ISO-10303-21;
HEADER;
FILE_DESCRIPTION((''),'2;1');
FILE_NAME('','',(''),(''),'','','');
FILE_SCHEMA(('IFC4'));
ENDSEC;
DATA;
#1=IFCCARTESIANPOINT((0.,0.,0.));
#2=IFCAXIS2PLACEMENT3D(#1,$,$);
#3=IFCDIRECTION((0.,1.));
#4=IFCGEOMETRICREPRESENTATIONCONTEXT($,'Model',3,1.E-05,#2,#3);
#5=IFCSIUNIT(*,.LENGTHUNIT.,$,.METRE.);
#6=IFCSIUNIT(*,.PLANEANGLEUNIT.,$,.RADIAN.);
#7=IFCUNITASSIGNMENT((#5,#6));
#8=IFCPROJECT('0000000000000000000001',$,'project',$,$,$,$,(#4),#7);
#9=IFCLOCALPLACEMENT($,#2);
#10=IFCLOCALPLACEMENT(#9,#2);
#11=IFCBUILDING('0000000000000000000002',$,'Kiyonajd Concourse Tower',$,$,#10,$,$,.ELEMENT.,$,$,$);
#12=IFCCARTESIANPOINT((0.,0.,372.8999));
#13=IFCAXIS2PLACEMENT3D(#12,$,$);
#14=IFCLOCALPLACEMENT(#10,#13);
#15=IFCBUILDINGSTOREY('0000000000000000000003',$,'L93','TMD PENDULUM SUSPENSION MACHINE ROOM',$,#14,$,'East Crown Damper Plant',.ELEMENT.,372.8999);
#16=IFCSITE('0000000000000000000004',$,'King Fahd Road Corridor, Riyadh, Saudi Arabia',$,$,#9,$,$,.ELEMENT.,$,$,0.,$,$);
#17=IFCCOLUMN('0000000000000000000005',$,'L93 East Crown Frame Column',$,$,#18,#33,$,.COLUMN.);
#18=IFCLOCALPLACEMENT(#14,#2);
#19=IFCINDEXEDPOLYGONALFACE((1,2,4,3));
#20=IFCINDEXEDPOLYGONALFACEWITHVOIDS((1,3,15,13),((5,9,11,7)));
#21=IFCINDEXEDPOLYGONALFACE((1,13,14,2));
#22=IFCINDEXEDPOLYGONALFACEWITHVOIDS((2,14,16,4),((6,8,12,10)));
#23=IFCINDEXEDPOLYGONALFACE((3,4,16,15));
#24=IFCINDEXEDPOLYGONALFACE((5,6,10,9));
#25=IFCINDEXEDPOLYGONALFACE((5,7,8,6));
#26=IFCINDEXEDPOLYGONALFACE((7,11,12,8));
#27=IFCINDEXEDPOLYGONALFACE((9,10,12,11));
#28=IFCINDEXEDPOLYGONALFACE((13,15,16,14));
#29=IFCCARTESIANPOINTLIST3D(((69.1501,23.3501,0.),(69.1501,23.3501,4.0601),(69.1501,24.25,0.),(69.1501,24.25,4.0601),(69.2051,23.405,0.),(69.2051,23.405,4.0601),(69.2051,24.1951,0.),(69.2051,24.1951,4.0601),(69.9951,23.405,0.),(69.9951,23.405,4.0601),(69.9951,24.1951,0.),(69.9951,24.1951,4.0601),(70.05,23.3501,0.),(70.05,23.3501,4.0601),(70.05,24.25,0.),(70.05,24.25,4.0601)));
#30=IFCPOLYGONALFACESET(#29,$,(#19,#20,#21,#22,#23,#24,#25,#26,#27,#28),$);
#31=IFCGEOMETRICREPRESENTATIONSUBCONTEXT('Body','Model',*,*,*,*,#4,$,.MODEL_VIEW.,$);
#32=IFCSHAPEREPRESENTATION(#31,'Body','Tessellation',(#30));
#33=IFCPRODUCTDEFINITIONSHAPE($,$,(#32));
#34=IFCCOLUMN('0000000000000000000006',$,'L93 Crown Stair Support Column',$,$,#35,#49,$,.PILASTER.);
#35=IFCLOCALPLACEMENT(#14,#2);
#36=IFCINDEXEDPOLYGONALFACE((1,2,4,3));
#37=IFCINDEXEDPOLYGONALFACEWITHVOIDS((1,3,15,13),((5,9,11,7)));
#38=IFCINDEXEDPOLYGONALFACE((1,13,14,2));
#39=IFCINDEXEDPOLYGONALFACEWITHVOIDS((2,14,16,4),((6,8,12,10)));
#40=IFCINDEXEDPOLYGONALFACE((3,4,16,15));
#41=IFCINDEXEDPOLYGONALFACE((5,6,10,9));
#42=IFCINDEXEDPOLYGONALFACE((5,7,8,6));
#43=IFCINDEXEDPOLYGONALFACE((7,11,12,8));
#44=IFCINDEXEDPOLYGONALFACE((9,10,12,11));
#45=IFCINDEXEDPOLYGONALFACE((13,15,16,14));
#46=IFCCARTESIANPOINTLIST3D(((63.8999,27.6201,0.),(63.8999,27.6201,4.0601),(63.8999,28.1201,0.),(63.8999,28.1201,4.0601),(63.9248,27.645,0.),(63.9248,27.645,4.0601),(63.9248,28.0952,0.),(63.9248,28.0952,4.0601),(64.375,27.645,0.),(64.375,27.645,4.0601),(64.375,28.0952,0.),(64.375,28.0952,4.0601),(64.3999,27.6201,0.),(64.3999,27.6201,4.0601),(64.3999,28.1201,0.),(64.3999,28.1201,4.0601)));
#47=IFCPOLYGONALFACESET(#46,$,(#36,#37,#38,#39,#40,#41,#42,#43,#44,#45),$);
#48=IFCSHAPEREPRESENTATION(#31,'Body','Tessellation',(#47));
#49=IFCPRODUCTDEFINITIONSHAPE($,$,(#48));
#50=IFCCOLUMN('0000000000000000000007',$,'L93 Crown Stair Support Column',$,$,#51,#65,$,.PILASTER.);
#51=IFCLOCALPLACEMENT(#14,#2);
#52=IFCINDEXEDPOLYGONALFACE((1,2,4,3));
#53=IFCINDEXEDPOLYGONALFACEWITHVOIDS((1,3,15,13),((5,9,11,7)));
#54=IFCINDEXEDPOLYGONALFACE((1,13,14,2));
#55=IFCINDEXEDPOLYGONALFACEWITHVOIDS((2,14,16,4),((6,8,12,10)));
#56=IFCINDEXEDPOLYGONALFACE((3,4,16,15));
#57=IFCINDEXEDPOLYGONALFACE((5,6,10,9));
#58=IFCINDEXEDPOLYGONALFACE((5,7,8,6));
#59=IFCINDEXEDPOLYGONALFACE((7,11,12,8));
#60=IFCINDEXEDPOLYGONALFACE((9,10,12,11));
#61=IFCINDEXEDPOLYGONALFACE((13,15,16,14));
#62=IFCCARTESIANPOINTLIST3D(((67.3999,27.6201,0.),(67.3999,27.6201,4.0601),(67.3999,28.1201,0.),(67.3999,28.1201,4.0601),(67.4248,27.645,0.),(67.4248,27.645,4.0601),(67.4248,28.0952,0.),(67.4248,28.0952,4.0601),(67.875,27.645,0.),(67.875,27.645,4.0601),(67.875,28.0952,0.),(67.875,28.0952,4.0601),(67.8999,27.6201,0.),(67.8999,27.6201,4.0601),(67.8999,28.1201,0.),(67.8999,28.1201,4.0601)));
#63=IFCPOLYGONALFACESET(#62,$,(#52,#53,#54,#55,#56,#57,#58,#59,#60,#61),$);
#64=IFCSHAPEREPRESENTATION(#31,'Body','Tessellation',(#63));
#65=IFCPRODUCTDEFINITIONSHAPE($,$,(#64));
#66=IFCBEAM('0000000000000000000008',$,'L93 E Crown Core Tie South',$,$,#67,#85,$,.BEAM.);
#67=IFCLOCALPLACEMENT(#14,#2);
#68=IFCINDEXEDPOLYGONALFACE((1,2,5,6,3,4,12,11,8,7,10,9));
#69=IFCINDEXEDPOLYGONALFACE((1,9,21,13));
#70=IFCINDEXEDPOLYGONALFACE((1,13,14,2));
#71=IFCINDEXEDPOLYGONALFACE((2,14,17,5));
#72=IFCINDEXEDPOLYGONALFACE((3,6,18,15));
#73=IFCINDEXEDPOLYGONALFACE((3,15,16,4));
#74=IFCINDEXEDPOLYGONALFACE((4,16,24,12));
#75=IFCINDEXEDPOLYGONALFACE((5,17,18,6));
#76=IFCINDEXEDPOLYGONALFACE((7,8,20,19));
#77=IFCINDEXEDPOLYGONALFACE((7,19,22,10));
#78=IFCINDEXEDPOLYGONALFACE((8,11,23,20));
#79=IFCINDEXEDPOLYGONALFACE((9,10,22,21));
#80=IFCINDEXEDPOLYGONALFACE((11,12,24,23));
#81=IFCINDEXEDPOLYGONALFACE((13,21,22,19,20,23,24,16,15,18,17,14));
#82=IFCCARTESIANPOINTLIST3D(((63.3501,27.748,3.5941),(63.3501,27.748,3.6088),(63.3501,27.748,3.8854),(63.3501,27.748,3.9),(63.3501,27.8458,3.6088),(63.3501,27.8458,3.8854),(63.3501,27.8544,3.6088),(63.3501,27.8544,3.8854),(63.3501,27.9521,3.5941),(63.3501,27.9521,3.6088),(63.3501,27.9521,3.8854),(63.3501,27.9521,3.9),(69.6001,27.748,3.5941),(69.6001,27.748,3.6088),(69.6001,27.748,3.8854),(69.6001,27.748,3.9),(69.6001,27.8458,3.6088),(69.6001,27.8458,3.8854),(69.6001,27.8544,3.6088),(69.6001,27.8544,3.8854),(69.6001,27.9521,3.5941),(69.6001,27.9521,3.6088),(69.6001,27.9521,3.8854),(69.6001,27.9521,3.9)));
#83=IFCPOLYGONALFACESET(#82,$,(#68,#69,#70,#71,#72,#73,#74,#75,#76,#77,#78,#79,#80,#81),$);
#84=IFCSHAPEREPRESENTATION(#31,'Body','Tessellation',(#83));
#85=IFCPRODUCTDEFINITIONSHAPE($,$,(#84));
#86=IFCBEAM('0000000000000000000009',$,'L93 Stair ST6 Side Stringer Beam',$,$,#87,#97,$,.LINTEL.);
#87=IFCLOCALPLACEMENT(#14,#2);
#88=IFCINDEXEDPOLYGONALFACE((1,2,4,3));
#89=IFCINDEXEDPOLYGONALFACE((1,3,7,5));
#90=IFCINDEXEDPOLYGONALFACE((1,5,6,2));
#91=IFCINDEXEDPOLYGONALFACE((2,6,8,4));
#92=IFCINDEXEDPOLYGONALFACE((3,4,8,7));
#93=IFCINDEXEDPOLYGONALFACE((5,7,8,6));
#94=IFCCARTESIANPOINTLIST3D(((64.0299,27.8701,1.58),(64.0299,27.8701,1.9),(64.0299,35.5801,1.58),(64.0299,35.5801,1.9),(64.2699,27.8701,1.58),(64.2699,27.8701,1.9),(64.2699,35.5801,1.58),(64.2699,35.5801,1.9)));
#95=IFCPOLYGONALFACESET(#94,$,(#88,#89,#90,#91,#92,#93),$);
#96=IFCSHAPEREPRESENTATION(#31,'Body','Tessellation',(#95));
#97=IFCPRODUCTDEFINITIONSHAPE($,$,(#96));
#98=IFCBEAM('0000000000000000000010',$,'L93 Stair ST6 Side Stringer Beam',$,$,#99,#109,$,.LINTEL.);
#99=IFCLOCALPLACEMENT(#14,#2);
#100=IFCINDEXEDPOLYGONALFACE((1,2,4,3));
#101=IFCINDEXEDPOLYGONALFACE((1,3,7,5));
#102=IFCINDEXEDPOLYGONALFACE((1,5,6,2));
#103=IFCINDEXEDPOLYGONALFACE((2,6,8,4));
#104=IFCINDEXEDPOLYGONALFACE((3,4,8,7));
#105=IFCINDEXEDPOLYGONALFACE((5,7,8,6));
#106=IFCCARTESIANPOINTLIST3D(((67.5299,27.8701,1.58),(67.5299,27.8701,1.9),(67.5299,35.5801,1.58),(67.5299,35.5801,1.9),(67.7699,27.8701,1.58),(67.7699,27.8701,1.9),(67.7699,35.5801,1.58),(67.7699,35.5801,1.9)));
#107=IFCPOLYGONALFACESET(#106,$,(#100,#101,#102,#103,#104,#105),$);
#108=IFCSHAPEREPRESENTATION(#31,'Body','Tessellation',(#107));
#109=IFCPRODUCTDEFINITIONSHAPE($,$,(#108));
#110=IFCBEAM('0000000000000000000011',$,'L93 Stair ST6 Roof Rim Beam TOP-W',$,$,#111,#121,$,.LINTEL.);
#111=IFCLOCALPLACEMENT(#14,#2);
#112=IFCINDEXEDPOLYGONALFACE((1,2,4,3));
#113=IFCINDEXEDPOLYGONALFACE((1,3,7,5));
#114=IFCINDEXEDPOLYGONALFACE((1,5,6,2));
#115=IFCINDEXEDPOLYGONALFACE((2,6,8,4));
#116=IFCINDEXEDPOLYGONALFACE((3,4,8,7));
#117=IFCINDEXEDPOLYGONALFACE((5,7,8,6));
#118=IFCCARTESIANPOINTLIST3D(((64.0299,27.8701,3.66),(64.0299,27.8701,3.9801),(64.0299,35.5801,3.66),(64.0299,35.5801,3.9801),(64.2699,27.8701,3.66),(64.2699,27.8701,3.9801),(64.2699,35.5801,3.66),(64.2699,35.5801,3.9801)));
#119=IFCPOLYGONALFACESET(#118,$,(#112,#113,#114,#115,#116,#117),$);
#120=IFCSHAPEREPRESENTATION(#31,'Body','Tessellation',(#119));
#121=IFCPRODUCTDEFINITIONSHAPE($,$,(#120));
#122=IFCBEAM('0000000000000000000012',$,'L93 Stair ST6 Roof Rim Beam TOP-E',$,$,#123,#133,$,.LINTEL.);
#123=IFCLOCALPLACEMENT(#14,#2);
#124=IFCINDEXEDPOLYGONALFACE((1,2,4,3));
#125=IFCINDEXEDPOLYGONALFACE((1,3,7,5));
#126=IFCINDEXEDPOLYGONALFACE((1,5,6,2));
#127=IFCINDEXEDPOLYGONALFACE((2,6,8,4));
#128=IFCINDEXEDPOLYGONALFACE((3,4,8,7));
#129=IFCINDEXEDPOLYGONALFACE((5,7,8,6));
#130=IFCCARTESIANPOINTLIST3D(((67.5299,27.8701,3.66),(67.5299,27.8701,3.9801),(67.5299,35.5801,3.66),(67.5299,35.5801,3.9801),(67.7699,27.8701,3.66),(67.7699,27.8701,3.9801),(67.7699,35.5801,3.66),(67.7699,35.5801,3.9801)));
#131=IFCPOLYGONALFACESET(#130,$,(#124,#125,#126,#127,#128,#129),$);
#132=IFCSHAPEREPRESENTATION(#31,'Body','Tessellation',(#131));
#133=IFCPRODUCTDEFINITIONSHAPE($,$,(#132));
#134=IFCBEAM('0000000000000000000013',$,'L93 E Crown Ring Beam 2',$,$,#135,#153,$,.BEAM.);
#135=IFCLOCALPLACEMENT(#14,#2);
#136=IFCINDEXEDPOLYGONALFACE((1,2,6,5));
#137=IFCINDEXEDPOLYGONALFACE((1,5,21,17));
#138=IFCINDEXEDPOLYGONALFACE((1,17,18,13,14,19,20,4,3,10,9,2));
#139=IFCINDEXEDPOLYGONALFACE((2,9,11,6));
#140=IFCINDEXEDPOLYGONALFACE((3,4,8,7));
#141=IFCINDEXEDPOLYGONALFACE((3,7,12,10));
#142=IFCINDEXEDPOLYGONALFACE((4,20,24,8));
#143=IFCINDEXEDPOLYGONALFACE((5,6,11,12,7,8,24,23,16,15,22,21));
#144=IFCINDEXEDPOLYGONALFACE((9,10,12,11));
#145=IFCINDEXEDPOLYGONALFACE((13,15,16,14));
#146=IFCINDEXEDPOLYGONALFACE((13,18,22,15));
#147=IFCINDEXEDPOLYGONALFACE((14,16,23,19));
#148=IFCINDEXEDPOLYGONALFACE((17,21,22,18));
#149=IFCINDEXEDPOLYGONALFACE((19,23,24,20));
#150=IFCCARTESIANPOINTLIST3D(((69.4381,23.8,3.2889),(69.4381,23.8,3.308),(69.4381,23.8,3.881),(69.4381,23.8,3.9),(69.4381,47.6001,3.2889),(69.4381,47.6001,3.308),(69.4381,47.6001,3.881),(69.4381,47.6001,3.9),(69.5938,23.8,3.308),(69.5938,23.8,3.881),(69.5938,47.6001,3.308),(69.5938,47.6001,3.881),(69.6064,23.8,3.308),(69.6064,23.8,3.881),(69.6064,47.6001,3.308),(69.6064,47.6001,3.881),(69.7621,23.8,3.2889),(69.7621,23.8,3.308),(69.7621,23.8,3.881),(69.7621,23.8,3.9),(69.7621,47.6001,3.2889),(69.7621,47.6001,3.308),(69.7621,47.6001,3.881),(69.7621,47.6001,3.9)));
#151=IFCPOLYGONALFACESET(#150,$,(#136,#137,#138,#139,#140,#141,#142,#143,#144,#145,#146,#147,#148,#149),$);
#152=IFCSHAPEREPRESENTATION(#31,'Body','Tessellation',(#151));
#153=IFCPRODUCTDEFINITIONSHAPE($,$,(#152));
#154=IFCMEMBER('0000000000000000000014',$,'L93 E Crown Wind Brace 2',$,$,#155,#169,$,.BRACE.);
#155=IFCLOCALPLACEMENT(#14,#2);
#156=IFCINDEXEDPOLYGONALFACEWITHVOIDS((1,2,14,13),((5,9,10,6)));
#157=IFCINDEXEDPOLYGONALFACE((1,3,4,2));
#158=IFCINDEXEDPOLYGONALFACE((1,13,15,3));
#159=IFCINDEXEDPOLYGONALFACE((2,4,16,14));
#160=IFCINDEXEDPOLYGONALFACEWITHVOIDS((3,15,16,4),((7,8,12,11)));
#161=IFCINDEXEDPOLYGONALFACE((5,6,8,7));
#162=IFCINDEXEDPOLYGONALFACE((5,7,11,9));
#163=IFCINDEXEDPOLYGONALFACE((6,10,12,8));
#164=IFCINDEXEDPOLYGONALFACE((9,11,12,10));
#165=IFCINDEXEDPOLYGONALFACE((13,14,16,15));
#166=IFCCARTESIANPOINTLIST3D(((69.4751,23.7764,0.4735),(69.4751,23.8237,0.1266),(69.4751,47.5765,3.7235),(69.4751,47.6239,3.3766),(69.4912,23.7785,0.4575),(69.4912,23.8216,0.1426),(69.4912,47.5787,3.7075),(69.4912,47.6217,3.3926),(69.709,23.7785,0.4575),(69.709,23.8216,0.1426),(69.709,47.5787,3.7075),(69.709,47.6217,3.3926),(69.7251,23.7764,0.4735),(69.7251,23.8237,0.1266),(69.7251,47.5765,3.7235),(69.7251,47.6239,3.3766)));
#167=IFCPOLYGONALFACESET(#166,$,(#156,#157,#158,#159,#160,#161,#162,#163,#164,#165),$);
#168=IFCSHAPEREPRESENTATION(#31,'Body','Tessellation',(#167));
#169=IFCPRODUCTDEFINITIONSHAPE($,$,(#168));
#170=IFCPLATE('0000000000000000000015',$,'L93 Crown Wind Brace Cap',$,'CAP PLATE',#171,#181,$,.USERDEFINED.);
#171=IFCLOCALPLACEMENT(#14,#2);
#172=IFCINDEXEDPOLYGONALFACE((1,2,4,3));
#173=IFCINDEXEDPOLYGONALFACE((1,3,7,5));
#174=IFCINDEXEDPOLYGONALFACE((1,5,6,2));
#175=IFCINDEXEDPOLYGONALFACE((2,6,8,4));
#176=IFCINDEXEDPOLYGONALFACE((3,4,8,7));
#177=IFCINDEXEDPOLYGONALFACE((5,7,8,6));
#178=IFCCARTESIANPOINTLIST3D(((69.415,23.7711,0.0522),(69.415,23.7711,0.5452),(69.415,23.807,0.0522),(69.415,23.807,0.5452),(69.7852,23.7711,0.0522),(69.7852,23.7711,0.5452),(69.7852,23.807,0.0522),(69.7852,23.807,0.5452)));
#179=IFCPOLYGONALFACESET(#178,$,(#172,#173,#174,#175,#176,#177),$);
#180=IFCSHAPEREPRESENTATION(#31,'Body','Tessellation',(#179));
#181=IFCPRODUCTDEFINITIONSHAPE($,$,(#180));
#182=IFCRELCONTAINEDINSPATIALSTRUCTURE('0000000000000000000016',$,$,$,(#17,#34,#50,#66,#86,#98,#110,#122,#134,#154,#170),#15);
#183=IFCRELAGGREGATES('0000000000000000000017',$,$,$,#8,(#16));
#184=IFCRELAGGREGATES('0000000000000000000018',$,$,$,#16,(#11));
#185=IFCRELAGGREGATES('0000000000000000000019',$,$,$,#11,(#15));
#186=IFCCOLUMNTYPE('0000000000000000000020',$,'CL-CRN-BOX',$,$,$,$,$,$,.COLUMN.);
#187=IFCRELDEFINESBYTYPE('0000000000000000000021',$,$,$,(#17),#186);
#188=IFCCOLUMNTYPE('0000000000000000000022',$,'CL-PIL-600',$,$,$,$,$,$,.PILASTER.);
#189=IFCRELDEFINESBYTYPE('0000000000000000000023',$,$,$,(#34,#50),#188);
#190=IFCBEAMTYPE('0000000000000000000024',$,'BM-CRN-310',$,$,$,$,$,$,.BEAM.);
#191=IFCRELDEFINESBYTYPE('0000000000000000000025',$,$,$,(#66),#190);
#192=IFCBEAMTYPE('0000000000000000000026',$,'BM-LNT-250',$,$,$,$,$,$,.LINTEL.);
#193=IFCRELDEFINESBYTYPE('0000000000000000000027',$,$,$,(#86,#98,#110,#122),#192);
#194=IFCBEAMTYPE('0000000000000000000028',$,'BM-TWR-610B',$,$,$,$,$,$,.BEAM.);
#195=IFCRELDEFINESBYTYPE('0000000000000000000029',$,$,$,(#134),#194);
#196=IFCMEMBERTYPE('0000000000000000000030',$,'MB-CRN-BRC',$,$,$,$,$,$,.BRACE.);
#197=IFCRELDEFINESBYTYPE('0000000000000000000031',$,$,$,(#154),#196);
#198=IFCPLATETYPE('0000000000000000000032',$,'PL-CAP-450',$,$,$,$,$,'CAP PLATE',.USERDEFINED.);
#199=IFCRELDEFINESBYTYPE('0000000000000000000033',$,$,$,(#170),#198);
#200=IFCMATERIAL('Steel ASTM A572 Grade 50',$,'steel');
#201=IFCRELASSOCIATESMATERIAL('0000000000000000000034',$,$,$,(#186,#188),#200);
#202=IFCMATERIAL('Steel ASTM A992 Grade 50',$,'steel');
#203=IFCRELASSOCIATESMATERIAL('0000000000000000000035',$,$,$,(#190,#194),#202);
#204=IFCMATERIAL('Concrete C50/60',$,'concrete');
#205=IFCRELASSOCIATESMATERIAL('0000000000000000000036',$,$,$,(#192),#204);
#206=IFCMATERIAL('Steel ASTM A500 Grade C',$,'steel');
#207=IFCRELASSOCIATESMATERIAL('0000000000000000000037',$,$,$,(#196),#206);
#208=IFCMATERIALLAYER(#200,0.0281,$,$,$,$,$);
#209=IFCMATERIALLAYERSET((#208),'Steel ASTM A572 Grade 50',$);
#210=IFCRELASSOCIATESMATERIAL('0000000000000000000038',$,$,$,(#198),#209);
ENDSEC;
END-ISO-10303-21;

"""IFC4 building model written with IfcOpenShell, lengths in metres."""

from ifc_helpers import new_model, si_unit, direction, frame, origin, origin_2d, place, context, subcontext, project, spatial, rectangle, hollow_rectangle, i_section, extrude, material, layer, layer_set, material_profile, profile_set, type_object, element, save


model = new_model("IFC4")

# Units and contexts
model_context = context("Model", 3, precision=1e-05, world=origin(), true_north=direction((0.0, 1.0)))
body_context = subcontext(model_context, "Body", "Model", "MODEL_VIEW")
ifc_project = project(units=[si_unit("LENGTHUNIT", "METRE"), si_unit("PLANEANGLEUNIT", "RADIAN")], contexts=[model_context])

# Site, building, storey
site_placement = place(None, origin())
site = spatial("IfcSite", under=ifc_project, at=site_placement, Name="King Fahd Road Corridor, Riyadh, Saudi Arabia", CompositionType="ELEMENT", RefElevation=0.0)
building_placement = place(site_placement, origin())
building = spatial("IfcBuilding", under=site, at=building_placement, Name="Kiyonajd Concourse Tower", CompositionType="ELEMENT")
storey_placement = place(building_placement, frame((0.0, 0.0, 372.8999)))
storey = spatial("IfcBuildingStorey", under=building, at=storey_placement, Name="L93", Description="TMD PENDULUM SUSPENSION MACHINE ROOM", LongName="East Crown Damper Plant", CompositionType="ELEMENT", Elevation=372.8999)

# Columns
ifc_material_1 = material(Name="Steel ASTM A572 Grade 50", Category="steel")
ifc_material_profile_1 = material_profile(ifc_material_1, hollow_rectangle(XDim=0.8999, YDim=0.8999, WallThickness=0.0549, at=origin_2d()), Name="BOX-900x900x55")
ifc_profile_set_1 = profile_set([ifc_material_profile_1], Name="Steel ASTM A572 Grade 50")
column_type_1 = type_object("IfcColumnType", Name="CL-CRN-BOX", PredefinedType="COLUMN", material=ifc_profile_set_1)
column_placement = place(storey_placement, frame((69.6001, 23.8, 0.0), z_axis=(0.0, 0.0, 1.0), x_axis=(1.0, 0.0, 0.0)))
element("IfcColumn", 1, at=column_placement, inside=storey, type_object=column_type_1, Name="L93 East Crown Frame Column", PredefinedType="COLUMN", context=body_context, shape_type="SweptSolid", body=[
    extrude(hollow_rectangle(XDim=0.8999, YDim=0.8999, WallThickness=0.0549, at=origin_2d()), origin(), (0.0, 0.0, 1.0), 4.0601),
])
ifc_material_profile_2 = material_profile(ifc_material_1, hollow_rectangle(XDim=0.5, YDim=0.5, WallThickness=0.0249, at=origin_2d()), Name="HSS-500x500x25")
ifc_profile_set_2 = profile_set([ifc_material_profile_2], Name="Steel ASTM A572 Grade 50")
column_type_2 = type_object("IfcColumnType", Name="CL-PIL-600", PredefinedType="PILASTER", material=ifc_profile_set_2)
for number, where, z_axis, x_axis, name in (
    (2, (64.1499, 27.8701, 0.0), (0.0, 0.0, 1.0), (1.0, 0.0, 0.0), "L93 Crown Stair Support Column"),
    (3, (67.6499, 27.8701, 0.0), (0.0, 0.0, 1.0), (1.0, 0.0, 0.0), "L93 Crown Stair Support Column"),
):
    element("IfcColumn", number, at=place(storey_placement, frame(where, z_axis=z_axis, x_axis=x_axis)), inside=storey, type_object=column_type_2, Name=name, PredefinedType="PILASTER", context=body_context, shape_type="SweptSolid", body=[
        extrude(hollow_rectangle(XDim=0.5, YDim=0.5, WallThickness=0.0249, at=origin_2d()), origin(), (0.0, 0.0, 1.0), 4.0601),
    ])

# Beams
ifc_material_2 = material(Name="Steel ASTM A992 Grade 50", Category="steel")
ifc_material_profile_3 = material_profile(ifc_material_2, i_section(OverallWidth=0.2041, OverallDepth=0.3059, WebThickness=0.0085, FlangeThickness=0.0146, at=origin_2d()), Name="W310X67")
ifc_profile_set_3 = profile_set([ifc_material_profile_3], Name="Steel ASTM A992 Grade 50")
beam_type_1 = type_object("IfcBeamType", Name="BM-CRN-310", PredefinedType="BEAM", material=ifc_profile_set_3)
beam_1_placement = place(storey_placement, frame((63.3501, 27.8501, 3.7471), z_axis=(1.0, 0.0, 0.0), x_axis=(0.0, 1.0, 0.0)))
element("IfcBeam", 4, at=beam_1_placement, inside=storey, type_object=beam_type_1, Name="L93 E Crown Core Tie South", PredefinedType="BEAM", context=body_context, shape_type="SweptSolid", body=[
    extrude(i_section(OverallWidth=0.2041, OverallDepth=0.3059, WebThickness=0.0085, FlangeThickness=0.0146, at=origin_2d()), origin(), (0.0, 0.0, 1.0), 6.25),
])
ifc_material_3 = material(Name="Concrete C50/60", Category="concrete")
ifc_material_profile_4 = material_profile(ifc_material_3, rectangle(XDim=0.24, YDim=0.3201, at=origin_2d()), Name="RCBM-240x320")
ifc_profile_set_4 = profile_set([ifc_material_profile_4], Name="Concrete C50/60")
beam_type_2 = type_object("IfcBeamType", Name="BM-LNT-250", PredefinedType="LINTEL", material=ifc_profile_set_4)
for number, where, z_axis, x_axis, name in (
    (5, (64.1499, 27.8701, 1.74), (0.0, 1.0, 0.0), (-1.0, 0.0, 0.0), "L93 Stair ST6 Side Stringer Beam"),
    (6, (67.6499, 27.8701, 1.74), (0.0, 1.0, 0.0), (-1.0, 0.0, 0.0), "L93 Stair ST6 Side Stringer Beam"),
    (7, (64.1499, 27.8701, 3.8201), (0.0, 1.0, 0.0), (-1.0, 0.0, 0.0), "L93 Stair ST6 Roof Rim Beam TOP-W"),
    (8, (67.6499, 27.8701, 3.8201), (0.0, 1.0, 0.0), (-1.0, 0.0, 0.0), "L93 Stair ST6 Roof Rim Beam TOP-E"),
):
    element("IfcBeam", number, at=place(storey_placement, frame(where, z_axis=z_axis, x_axis=x_axis)), inside=storey, type_object=beam_type_2, Name=name, PredefinedType="LINTEL", context=body_context, shape_type="SweptSolid", body=[
        extrude(rectangle(XDim=0.24, YDim=0.3201, at=origin_2d()), origin(), (0.0, 0.0, 1.0), 7.71),
    ])
ifc_material_profile_5 = material_profile(ifc_material_2, i_section(OverallWidth=0.324, OverallDepth=0.6111, WebThickness=0.0127, FlangeThickness=0.019, at=origin_2d()), Name="W610X155")
ifc_profile_set_5 = profile_set([ifc_material_profile_5], Name="Steel ASTM A992 Grade 50")
beam_type_3 = type_object("IfcBeamType", Name="BM-TWR-610B", PredefinedType="BEAM", material=ifc_profile_set_5)
beam_2_placement = place(storey_placement, frame((69.6001, 23.8, 3.5945), z_axis=(0.0, 1.0, 0.0), x_axis=(-1.0, 0.0, 0.0)))
element("IfcBeam", 9, at=beam_2_placement, inside=storey, type_object=beam_type_3, Name="L93 E Crown Ring Beam 2", PredefinedType="BEAM", context=body_context, shape_type="SweptSolid", body=[
    extrude(i_section(OverallWidth=0.324, OverallDepth=0.6111, WebThickness=0.0127, FlangeThickness=0.019, at=origin_2d()), origin(), (0.0, 0.0, 1.0), 23.8),
])

# Member
ifc_material_4 = material(Name="Steel ASTM A500 Grade C", Category="steel")
ifc_material_profile_6 = material_profile(ifc_material_4, hollow_rectangle(XDim=0.25, YDim=0.3501, WallThickness=0.0161, at=origin_2d()), Name="HSS-350x250x16")
ifc_profile_set_6 = profile_set([ifc_material_profile_6], Name="Steel ASTM A500 Grade C")
member_type = type_object("IfcMemberType", Name="MB-CRN-BRC", PredefinedType="BRACE", material=ifc_profile_set_6)
member_placement = place(storey_placement, frame((69.6001, 23.8, 0.3), z_axis=(0.0, 0.990805, 0.135299), x_axis=(-1.0, 0.0, 0.0)))
element("IfcMember", 10, at=member_placement, inside=storey, type_object=member_type, Name="L93 E Crown Wind Brace 2", PredefinedType="BRACE", context=body_context, shape_type="SweptSolid", body=[
    extrude(hollow_rectangle(XDim=0.25, YDim=0.3501, WallThickness=0.0161, at=origin_2d()), origin(), (0.0, 0.0, 1.0), 24.021),
])

# Plate
ifc_layer_1 = layer(ifc_material_1, 0.0281)
ifc_layer_set_1 = layer_set([ifc_layer_1], Name="Steel ASTM A572 Grade 50")
plate_type = type_object("IfcPlateType", Name="PL-CAP-450", ElementType="CAP PLATE", PredefinedType="USERDEFINED", material=ifc_layer_set_1)
plate_placement = place(storey_placement, frame((69.6001, 23.7891, 0.0522), z_axis=(0.0, 0.0, 1.0), x_axis=(0.0, -1.0, 0.0)))
element("IfcPlate", 11, at=plate_placement, inside=storey, type_object=plate_type, Name="L93 Crown Wind Brace Cap", ObjectType="CAP PLATE", PredefinedType="USERDEFINED", context=body_context, shape_type="SweptSolid", body=[
    extrude(rectangle(XDim=0.0359, YDim=0.3701, at=origin_2d()), origin(), (0.0, 0.0, 1.0), 0.4929),
])

save(model, "model.ifc")
